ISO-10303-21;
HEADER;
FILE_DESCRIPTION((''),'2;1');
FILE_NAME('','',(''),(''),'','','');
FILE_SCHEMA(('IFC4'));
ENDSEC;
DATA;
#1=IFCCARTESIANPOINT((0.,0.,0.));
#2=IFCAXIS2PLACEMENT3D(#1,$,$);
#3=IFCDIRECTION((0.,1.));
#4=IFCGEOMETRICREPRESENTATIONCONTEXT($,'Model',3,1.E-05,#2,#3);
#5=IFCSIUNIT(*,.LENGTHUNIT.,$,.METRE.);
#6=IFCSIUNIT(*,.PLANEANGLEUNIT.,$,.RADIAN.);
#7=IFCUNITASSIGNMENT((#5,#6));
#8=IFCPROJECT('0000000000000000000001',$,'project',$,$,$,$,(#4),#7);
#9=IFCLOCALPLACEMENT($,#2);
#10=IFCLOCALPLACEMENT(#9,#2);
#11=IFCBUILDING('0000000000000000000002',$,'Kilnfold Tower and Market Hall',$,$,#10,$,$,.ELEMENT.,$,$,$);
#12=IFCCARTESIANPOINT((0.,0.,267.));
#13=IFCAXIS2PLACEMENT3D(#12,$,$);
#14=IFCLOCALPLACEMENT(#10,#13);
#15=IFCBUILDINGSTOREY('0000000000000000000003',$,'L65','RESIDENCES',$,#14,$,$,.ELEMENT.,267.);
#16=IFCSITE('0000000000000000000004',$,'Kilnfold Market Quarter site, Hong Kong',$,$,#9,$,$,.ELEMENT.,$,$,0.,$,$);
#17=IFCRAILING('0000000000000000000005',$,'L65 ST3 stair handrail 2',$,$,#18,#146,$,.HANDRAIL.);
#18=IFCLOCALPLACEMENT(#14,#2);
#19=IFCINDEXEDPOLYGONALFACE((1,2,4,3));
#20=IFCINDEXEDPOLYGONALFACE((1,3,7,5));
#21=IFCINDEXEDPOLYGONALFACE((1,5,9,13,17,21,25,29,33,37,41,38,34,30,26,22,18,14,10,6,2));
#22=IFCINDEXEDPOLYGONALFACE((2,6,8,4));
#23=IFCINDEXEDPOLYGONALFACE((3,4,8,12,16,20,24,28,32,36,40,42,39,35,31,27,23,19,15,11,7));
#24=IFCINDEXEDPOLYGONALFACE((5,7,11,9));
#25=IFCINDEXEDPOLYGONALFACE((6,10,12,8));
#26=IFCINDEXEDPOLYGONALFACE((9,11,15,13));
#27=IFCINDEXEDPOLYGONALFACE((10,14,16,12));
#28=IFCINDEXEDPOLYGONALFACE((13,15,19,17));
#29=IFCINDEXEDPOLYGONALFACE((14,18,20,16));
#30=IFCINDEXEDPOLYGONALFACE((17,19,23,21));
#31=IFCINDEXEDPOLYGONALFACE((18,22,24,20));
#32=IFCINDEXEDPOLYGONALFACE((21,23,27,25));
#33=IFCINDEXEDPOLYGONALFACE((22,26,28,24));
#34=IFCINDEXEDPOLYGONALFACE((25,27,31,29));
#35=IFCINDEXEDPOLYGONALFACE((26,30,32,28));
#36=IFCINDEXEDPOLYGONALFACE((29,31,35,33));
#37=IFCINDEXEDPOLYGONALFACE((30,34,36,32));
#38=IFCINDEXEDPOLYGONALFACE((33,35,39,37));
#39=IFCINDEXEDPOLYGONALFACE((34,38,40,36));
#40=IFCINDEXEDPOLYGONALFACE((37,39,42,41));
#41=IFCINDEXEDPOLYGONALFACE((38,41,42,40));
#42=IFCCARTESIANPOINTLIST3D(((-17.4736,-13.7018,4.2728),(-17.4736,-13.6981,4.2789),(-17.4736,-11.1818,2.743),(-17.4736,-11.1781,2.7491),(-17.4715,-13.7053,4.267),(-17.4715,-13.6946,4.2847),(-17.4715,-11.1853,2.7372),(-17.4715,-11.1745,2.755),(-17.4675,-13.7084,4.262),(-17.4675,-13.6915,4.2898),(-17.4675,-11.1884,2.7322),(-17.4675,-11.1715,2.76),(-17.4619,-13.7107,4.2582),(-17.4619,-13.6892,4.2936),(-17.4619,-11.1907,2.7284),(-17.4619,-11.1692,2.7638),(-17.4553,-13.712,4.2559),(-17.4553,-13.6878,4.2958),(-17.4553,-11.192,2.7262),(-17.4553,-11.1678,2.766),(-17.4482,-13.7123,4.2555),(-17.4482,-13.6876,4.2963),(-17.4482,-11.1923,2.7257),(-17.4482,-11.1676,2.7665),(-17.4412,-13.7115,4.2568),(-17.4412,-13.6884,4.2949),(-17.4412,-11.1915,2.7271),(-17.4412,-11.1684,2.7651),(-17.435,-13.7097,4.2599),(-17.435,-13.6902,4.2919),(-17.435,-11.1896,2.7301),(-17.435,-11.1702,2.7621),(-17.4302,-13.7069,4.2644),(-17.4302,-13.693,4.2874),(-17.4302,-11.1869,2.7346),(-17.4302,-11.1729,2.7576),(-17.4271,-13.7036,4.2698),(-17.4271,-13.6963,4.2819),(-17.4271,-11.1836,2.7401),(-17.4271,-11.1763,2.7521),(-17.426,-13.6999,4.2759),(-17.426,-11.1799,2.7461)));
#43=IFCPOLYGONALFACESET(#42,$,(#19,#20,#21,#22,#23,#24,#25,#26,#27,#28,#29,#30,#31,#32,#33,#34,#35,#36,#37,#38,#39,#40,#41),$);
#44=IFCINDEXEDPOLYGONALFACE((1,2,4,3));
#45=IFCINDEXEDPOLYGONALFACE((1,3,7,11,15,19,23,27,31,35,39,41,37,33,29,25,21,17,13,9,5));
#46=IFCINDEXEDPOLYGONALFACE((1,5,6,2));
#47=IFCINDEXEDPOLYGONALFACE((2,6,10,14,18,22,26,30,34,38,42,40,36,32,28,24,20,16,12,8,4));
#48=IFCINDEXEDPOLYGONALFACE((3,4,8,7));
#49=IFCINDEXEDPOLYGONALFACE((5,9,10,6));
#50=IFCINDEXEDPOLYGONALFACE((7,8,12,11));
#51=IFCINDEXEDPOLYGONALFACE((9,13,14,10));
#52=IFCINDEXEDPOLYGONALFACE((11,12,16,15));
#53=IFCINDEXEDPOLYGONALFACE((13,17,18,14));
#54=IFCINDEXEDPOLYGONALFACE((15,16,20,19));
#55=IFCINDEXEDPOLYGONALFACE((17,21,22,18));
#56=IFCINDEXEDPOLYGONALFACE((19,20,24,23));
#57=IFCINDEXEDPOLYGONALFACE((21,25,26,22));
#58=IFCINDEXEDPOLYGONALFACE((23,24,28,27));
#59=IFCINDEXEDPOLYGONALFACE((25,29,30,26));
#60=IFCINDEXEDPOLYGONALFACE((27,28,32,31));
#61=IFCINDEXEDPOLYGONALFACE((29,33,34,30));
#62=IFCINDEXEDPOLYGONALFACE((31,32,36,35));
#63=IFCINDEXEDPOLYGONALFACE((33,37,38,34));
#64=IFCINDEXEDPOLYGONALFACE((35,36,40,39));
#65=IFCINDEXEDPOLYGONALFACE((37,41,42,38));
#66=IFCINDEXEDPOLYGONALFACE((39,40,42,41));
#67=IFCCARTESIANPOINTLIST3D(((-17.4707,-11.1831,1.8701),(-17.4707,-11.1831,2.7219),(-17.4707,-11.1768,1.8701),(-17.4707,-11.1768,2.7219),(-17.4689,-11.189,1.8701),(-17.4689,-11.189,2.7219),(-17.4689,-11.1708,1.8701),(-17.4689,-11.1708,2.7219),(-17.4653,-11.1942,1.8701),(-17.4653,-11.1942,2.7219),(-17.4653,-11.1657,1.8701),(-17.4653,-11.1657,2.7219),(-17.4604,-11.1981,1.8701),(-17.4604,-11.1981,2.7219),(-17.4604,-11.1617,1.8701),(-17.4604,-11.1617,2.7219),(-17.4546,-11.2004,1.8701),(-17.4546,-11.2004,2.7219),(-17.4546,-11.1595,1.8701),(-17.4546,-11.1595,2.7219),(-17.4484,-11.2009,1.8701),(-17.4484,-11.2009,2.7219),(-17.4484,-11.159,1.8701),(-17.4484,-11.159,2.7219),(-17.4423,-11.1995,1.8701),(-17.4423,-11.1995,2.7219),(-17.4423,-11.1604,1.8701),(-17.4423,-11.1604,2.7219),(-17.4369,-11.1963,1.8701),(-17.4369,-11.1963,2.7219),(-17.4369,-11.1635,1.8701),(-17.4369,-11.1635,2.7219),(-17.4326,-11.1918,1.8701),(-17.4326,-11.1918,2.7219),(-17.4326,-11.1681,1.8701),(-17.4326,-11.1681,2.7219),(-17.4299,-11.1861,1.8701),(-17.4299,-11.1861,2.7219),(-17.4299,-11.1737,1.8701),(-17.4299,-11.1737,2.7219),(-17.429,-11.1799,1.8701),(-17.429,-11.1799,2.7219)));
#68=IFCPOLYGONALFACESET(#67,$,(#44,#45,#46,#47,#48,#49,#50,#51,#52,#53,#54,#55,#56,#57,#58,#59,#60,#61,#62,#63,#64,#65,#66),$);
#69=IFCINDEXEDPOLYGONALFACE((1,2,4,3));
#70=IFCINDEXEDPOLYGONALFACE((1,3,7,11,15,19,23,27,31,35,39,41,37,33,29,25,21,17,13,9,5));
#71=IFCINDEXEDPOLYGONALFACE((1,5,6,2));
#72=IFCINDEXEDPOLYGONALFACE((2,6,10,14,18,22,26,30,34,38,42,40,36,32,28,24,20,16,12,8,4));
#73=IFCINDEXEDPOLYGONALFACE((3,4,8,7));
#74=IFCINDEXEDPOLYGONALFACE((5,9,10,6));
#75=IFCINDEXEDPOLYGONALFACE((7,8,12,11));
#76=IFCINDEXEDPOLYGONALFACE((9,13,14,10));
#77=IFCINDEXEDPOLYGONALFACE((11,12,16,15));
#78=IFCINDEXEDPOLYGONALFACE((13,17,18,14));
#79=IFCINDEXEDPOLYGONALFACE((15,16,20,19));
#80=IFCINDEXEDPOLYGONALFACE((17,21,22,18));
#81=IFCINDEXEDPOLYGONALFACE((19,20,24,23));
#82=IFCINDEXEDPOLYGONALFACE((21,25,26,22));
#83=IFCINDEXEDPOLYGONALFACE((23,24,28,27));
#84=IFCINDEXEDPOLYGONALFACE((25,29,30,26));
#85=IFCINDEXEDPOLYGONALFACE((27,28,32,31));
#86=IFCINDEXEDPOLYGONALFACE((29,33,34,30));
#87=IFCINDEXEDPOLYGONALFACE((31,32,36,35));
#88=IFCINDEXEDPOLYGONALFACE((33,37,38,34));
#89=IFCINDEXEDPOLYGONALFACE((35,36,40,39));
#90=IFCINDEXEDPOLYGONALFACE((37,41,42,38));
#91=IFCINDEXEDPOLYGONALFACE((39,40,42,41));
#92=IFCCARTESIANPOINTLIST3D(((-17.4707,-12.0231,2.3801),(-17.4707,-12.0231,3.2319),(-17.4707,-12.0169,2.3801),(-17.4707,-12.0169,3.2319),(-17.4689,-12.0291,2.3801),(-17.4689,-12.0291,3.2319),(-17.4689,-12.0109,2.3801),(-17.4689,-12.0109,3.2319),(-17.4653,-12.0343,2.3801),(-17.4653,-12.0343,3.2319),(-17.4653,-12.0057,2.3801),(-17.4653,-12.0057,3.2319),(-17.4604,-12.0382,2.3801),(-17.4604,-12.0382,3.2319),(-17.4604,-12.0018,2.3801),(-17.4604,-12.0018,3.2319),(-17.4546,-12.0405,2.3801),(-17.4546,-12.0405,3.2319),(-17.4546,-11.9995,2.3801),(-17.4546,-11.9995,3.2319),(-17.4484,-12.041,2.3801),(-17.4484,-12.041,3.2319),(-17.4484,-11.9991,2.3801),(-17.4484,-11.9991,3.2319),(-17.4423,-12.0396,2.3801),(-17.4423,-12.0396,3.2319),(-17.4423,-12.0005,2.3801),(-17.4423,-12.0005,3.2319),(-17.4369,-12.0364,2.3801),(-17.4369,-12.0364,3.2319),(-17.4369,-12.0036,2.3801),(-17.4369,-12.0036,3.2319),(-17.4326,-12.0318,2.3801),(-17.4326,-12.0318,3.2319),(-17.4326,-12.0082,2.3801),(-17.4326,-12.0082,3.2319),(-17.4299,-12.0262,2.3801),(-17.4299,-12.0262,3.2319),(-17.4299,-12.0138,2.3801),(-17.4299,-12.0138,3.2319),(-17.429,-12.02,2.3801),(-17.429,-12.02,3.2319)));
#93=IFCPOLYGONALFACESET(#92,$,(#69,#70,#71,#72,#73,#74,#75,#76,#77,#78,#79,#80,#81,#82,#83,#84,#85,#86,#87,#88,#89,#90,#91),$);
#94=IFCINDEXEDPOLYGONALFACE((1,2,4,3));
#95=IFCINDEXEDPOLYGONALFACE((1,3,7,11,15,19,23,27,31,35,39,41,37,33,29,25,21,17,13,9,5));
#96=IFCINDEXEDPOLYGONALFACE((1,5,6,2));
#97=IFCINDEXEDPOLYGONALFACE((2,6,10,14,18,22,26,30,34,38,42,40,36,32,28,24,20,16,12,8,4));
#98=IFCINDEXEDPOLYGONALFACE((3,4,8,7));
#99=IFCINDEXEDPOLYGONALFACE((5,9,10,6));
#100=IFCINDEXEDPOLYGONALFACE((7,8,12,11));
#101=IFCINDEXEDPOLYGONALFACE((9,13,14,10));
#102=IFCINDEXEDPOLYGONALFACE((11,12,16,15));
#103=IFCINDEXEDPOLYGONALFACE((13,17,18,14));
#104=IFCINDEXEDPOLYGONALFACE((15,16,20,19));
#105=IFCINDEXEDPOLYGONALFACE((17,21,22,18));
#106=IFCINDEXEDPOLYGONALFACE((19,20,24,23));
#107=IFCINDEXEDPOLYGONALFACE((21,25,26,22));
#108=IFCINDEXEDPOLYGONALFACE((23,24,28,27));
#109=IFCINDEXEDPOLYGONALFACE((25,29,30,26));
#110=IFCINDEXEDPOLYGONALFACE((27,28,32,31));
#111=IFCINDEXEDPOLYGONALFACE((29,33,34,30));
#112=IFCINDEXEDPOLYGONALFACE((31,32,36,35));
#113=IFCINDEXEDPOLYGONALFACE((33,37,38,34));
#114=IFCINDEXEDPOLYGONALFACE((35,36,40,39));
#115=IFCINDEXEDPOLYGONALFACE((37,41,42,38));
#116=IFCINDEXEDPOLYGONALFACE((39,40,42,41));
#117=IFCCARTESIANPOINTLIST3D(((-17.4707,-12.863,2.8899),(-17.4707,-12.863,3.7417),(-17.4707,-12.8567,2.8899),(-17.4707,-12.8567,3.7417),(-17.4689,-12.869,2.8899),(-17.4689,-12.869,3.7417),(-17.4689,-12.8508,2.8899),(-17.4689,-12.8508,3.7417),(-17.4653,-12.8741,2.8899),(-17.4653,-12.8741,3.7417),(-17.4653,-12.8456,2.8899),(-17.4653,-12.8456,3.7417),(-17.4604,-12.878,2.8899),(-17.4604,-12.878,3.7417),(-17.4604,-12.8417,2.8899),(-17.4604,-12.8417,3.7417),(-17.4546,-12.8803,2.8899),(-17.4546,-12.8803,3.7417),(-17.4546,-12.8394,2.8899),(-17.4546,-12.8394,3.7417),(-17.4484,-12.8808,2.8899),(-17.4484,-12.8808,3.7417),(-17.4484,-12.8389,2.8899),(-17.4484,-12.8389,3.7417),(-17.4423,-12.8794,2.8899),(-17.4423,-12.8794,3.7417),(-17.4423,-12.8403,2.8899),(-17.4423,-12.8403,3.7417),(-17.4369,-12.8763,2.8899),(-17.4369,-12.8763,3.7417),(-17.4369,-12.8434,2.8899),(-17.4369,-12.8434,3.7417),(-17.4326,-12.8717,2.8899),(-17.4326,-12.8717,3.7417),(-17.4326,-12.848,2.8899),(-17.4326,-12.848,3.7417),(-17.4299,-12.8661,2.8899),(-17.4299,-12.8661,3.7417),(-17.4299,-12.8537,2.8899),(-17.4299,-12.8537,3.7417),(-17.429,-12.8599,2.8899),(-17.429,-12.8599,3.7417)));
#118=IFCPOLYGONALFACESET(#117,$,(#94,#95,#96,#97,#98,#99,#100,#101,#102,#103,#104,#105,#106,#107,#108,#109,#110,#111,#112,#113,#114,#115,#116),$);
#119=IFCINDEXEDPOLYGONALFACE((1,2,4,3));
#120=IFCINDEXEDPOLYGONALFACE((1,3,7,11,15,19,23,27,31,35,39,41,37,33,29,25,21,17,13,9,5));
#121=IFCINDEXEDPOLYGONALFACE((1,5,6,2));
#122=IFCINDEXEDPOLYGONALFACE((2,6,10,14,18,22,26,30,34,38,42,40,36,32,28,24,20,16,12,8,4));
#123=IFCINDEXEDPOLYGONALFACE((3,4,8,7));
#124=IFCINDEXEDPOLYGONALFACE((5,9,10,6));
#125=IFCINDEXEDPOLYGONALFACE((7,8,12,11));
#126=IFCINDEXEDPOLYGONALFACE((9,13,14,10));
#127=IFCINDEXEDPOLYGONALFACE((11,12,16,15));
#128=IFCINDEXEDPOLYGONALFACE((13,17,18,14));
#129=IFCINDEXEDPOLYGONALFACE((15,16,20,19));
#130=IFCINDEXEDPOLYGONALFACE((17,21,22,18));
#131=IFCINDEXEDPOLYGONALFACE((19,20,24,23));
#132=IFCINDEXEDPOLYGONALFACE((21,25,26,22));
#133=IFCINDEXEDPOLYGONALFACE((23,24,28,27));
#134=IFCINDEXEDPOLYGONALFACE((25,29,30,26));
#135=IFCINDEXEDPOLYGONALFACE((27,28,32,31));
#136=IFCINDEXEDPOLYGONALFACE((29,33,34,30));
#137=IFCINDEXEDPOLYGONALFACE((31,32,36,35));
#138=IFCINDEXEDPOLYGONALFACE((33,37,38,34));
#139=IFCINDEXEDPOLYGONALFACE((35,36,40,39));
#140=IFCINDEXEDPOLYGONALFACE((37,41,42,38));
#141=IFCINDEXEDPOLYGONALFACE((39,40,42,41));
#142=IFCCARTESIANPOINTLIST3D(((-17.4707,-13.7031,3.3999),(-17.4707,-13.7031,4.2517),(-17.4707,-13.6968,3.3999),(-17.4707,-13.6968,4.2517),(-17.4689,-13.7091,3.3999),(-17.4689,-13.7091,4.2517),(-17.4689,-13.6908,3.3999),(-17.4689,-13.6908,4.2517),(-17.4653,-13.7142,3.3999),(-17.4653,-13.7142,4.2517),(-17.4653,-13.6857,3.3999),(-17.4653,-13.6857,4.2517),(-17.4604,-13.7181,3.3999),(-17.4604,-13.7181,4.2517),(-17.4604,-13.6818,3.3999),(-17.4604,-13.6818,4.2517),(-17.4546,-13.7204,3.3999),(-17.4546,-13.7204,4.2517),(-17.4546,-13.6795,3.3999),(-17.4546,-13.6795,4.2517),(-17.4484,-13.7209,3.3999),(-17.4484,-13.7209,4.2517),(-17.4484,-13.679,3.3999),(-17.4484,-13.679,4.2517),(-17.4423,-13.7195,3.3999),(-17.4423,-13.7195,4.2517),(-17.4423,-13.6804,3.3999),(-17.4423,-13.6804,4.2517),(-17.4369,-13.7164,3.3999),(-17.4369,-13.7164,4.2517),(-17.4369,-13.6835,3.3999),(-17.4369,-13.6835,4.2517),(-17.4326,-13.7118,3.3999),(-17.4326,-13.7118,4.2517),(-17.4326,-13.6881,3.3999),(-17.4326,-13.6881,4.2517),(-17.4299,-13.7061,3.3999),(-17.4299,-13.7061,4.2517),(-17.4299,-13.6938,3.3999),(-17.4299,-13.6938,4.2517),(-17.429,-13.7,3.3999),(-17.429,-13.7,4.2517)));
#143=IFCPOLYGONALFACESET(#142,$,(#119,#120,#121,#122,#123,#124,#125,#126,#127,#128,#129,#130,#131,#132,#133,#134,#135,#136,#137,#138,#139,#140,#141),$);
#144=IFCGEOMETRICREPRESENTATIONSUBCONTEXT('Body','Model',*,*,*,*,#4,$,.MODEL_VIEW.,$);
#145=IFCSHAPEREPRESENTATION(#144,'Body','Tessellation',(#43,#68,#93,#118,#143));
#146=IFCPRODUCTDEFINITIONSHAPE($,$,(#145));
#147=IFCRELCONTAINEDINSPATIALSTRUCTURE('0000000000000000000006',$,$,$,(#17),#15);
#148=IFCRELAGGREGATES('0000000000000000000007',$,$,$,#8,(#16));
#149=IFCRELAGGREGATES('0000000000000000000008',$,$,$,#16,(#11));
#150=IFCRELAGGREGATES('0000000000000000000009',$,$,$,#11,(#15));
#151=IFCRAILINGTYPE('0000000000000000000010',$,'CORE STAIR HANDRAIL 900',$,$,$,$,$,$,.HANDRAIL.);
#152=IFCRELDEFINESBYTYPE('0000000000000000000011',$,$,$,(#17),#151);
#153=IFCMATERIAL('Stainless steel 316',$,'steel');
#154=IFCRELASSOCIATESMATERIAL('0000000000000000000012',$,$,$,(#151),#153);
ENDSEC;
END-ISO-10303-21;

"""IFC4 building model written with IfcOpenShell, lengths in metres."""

from ifc_helpers import new_model, si_unit, direction, frame, origin, origin_2d, place, context, subcontext, project, spatial, circle, extrude, material, type_object, element, save


model = new_model("IFC4")

# Units and contexts
model_context = context("Model", 3, precision=1e-05, world=origin(), true_north=direction((0.0, 1.0)))
body_context = subcontext(model_context, "Body", "Model", "MODEL_VIEW")
ifc_project = project(units=[si_unit("LENGTHUNIT", "METRE"), si_unit("PLANEANGLEUNIT", "RADIAN")], contexts=[model_context])

# Site, building, storey
site_placement = place(None, origin())
site = spatial("IfcSite", under=ifc_project, at=site_placement, Name="Kilnfold Market Quarter site, Hong Kong", CompositionType="ELEMENT", RefElevation=0.0)
building_placement = place(site_placement, origin())
building = spatial("IfcBuilding", under=site, at=building_placement, Name="Kilnfold Tower and Market Hall", CompositionType="ELEMENT")
storey_placement = place(building_placement, frame((0.0, 0.0, 267.0)))
storey = spatial("IfcBuildingStorey", under=building, at=storey_placement, Name="L65", Description="RESIDENCES", CompositionType="ELEMENT", Elevation=267.0)

# Railing
ifc_material_1 = material(Name="Stainless steel 316", Category="steel")
railing_type_1 = type_object("IfcRailingType", Name="CORE STAIR HANDRAIL 900", PredefinedType="HANDRAIL", material=ifc_material_1)
railing_1_placement = place(storey_placement, frame((-17.45, -11.1799, 1.8701)))
element("IfcRailing", 1, at=railing_1_placement, inside=storey, type_object=railing_type_1, Name="L65 ST3 stair handrail 2", PredefinedType="HANDRAIL", context=body_context, shape_type="SweptSolid", body=[
    extrude(circle(Radius=0.0239, at=origin_2d()), frame((0.0, 0.0, 0.876), z_axis=(0.0, -0.854822, 0.518922), x_axis=(1.0, 0.0, 0.0)), (0.0, 0.0, 1.0), 2.948),
    extrude(circle(Radius=0.021, at=origin_2d()), origin(), (0.0, 0.0, 1.0), 0.8518),
    extrude(circle(Radius=0.021, at=origin_2d()), frame((0.0, -0.8401, 0.51)), (0.0, 0.0, 1.0), 0.8518),
    extrude(circle(Radius=0.021, at=origin_2d()), frame((0.0, -1.6799, 1.0198)), (0.0, 0.0, 1.0), 0.8518),
    extrude(circle(Radius=0.021, at=origin_2d()), frame((0.0, -2.52, 1.5298)), (0.0, 0.0, 1.0), 0.8518),
])

save(model, "model.ifc")
